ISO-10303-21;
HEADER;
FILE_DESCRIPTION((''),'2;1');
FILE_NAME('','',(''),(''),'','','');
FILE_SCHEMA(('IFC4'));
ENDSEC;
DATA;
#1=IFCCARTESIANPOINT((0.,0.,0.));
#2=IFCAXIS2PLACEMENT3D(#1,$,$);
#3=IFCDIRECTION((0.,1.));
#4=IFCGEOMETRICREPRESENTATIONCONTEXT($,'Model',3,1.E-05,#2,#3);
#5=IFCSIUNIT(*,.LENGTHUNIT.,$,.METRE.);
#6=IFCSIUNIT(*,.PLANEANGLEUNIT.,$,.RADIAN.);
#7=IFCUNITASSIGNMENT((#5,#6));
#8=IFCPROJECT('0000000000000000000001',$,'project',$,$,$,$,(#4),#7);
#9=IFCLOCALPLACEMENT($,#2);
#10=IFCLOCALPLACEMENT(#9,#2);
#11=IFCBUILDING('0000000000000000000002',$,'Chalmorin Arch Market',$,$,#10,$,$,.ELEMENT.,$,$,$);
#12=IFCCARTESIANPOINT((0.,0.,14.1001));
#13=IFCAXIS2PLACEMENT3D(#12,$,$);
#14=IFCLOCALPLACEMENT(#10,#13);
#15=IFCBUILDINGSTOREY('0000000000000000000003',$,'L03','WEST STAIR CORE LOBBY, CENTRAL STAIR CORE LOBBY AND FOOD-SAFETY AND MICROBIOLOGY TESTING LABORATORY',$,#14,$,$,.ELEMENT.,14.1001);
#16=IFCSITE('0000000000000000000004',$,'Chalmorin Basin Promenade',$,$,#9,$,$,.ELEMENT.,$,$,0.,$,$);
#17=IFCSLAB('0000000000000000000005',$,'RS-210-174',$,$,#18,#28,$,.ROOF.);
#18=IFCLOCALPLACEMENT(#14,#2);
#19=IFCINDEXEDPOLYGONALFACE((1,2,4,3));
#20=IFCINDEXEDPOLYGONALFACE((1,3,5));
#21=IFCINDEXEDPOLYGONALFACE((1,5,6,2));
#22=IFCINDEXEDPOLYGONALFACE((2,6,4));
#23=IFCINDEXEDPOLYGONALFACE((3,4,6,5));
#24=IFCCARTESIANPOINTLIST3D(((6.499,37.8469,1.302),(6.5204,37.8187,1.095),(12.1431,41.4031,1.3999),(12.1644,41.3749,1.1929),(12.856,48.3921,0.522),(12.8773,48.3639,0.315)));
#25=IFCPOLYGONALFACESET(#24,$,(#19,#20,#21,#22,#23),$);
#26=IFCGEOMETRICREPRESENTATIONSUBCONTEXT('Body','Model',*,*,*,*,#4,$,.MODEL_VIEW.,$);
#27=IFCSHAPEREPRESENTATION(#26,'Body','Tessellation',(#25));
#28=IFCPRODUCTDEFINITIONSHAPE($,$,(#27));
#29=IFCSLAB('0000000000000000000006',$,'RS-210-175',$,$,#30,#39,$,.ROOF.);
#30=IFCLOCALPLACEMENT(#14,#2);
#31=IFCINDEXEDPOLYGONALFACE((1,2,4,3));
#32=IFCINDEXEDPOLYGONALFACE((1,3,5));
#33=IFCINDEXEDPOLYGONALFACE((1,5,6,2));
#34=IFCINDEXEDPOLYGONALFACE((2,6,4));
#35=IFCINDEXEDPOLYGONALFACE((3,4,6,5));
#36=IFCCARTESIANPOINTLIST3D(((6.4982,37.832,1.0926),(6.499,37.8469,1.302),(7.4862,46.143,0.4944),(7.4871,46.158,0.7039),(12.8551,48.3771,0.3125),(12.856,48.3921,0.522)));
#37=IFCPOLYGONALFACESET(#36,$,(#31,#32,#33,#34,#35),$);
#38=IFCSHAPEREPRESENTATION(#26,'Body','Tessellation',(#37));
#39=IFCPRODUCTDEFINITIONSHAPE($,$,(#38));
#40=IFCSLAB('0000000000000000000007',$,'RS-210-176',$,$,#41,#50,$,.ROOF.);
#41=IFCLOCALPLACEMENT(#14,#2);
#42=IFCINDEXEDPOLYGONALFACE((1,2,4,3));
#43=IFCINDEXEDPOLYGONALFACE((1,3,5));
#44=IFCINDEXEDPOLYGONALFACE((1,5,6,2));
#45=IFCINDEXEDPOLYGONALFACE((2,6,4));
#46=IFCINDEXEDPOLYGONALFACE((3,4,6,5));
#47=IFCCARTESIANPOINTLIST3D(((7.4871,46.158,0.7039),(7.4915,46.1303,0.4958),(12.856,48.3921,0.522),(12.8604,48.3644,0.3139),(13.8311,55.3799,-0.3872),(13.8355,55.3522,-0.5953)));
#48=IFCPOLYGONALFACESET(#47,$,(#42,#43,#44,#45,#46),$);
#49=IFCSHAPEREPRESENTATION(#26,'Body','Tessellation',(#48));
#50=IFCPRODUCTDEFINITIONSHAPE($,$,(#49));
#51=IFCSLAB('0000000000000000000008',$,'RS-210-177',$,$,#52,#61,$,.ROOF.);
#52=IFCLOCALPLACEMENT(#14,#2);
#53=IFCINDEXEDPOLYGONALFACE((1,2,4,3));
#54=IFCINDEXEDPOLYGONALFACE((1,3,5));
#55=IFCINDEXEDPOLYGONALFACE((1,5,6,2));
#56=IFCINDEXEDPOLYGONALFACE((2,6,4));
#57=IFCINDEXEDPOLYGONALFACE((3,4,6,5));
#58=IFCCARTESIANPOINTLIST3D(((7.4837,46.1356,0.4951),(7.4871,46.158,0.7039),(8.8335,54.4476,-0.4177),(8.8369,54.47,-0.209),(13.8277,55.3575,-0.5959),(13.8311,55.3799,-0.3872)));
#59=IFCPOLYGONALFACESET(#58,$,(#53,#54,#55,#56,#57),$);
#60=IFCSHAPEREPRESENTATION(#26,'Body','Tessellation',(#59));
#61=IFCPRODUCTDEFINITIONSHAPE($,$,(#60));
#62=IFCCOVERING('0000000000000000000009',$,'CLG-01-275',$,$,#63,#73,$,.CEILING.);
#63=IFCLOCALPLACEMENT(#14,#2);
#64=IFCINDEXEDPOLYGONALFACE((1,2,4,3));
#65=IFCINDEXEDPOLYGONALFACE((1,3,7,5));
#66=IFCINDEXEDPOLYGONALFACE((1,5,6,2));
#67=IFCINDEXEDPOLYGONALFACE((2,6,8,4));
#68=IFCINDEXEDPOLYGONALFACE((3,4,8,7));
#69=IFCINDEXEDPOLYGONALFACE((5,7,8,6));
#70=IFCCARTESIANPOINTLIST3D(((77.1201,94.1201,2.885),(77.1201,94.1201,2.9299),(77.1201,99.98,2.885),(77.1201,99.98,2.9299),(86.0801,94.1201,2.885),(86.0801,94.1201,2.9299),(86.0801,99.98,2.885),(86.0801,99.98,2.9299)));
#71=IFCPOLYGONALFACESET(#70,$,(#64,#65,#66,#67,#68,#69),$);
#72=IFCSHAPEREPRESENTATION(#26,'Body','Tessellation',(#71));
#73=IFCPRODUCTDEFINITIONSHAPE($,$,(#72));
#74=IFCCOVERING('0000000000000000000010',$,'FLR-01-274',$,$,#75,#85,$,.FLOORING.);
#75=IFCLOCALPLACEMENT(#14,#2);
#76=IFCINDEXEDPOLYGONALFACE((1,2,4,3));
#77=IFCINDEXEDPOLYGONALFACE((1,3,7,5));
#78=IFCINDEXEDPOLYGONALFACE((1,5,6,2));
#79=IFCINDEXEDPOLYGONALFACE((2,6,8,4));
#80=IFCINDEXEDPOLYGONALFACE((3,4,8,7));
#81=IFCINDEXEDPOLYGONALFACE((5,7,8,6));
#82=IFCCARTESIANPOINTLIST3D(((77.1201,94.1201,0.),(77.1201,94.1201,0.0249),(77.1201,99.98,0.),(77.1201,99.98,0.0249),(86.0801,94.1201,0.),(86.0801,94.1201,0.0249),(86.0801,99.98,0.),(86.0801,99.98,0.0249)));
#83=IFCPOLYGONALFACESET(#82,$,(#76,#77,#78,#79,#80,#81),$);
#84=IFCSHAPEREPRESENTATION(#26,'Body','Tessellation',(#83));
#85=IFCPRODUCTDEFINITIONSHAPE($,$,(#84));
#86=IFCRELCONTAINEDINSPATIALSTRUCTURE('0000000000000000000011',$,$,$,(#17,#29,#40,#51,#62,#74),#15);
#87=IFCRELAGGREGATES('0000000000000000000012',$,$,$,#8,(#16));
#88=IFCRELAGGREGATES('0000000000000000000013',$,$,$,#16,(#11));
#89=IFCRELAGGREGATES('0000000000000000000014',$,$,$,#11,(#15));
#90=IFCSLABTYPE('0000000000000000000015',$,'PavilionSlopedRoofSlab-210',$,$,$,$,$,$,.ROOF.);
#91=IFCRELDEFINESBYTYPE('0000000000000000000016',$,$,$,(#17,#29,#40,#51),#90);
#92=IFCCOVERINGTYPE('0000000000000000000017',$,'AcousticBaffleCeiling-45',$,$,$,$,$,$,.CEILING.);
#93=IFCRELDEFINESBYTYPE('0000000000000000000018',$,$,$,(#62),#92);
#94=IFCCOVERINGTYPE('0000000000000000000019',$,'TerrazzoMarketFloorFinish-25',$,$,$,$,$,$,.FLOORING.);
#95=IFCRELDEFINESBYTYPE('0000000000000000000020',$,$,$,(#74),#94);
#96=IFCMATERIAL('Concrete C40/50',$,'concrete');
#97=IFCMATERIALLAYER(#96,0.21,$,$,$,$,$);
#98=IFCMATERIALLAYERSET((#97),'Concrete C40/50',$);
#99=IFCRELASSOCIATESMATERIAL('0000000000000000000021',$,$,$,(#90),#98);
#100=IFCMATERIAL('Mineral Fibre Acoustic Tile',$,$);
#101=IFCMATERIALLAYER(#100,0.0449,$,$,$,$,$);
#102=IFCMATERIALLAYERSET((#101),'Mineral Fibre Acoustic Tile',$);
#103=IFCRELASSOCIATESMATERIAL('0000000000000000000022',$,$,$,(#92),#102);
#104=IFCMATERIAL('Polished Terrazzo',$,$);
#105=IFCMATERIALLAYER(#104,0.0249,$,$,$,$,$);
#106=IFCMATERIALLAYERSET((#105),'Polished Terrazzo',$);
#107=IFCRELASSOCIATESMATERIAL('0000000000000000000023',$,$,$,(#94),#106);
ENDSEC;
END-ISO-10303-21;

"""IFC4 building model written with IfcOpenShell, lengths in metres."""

from ifc_helpers import new_model, si_unit, direction, frame, origin, place, context, subcontext, project, spatial, polyline, outline, extrude, material, layer, layer_set, type_object, element, save


model = new_model("IFC4")

# Units and contexts
model_context = context("Model", 3, precision=1e-05, world=origin(), true_north=direction((0.0, 1.0)))
body_context = subcontext(model_context, "Body", "Model", "MODEL_VIEW")
ifc_project = project(units=[si_unit("LENGTHUNIT", "METRE"), si_unit("PLANEANGLEUNIT", "RADIAN")], contexts=[model_context])

# Site, building, storey
site_placement = place(None, origin())
site = spatial("IfcSite", under=ifc_project, at=site_placement, Name="Chalmorin Basin Promenade", CompositionType="ELEMENT", RefElevation=0.0)
building_placement = place(site_placement, origin())
building = spatial("IfcBuilding", under=site, at=building_placement, Name="Chalmorin Arch Market", CompositionType="ELEMENT")
storey_placement = place(building_placement, frame((0.0, 0.0, 14.1001)))
storey = spatial("IfcBuildingStorey", under=building, at=storey_placement, Name="L03", Description="WEST STAIR CORE LOBBY, CENTRAL STAIR CORE LOBBY AND FOOD-SAFETY AND MICROBIOLOGY TESTING LABORATORY", CompositionType="ELEMENT", Elevation=14.1001)

# Slabs
ifc_material_1 = material(Name="Concrete C40/50", Category="concrete")
ifc_layer_1 = layer(ifc_material_1, 0.21)
ifc_layer_set_1 = layer_set([ifc_layer_1], Name="Concrete C40/50")
slab_type = type_object("IfcSlabType", Name="PavilionSlopedRoofSlab-210", PredefinedType="ROOF", material=ifc_layer_set_1)
slab_1_placement = place(storey_placement, frame((6.499, 37.8469, 1.302), z_axis=(-0.101648, 0.134191, 0.985728), x_axis=(0.845973, 0.533024, 0.014674)))
element("IfcSlab", 1, at=slab_1_placement, inside=storey, type_object=slab_type, Name="RS-210-174", PredefinedType="ROOF", context=body_context, shape_type="SweptSolid", body=[
    extrude(outline(polyline([(0.0, 0.0), (6.6717, 0.0), (10.9872, 5.6126), (0.0, 0.0)])), origin(), (0.0, 0.0, -1.0), 0.21),
])
slab_2_placement = place(storey_placement, frame((6.499, 37.8469, 1.302), z_axis=(0.004123, 0.071296, 0.997447), x_axis=(0.515243, 0.854709, -0.063223)))
element("IfcSlab", 2, at=slab_2_placement, inside=storey, type_object=slab_type, Name="RS-210-175", PredefinedType="ROOF", context=body_context, shape_type="SweptSolid", body=[
    extrude(outline(polyline([(0.0, 0.0), (12.3377, 0.0), (7.6504, 3.4465), (0.0, 0.0)])), origin(), (0.0, 0.0, -1.0), 0.21),
])
slab_3_placement = place(storey_placement, frame((7.4871, 46.158, 0.7039), z_axis=(-0.021321, 0.131918, 0.991031), x_axis=(0.922803, 0.384001, -0.031262)))
element("IfcSlab", 3, at=slab_3_placement, inside=storey, type_object=slab_type, Name="RS-210-176", PredefinedType="ROOF", context=body_context, shape_type="SweptSolid", body=[
    extrude(outline(polyline([(0.0, 0.0), (5.818, 0.0), (9.4296, 6.1289), (0.0, 0.0)])), origin(), (0.0, 0.0, -1.0), 0.21),
])
slab_4_placement = place(storey_placement, frame((7.4871, 46.158, 0.7039), z_axis=(0.016061, 0.106574, 0.994175), x_axis=(0.564093, 0.819992, -0.097015)))
element("IfcSlab", 4, at=slab_4_placement, inside=storey, type_object=slab_type, Name="RS-210-177", PredefinedType="ROOF", context=body_context, shape_type="SweptSolid", body=[
    extrude(outline(polyline([(0.0, 0.0), (11.2464, 0.0), (7.6658, 3.6029), (0.0, 0.0)])), origin(), (0.0, 0.0, -1.0), 0.21),
])

# Coverings
ifc_material_2 = material(Name="Mineral Fibre Acoustic Tile")
ifc_layer_2 = layer(ifc_material_2, 0.0449)
ifc_layer_set_2 = layer_set([ifc_layer_2], Name="Mineral Fibre Acoustic Tile")
covering_type_1 = type_object("IfcCoveringType", Name="AcousticBaffleCeiling-45", PredefinedType="CEILING", material=ifc_layer_set_2)
covering_1_placement = place(storey_placement, frame((0.0, 0.0, 2.885)))
element("IfcCovering", 5, at=covering_1_placement, inside=storey, type_object=covering_type_1, Name="CLG-01-275", PredefinedType="CEILING", context=body_context, shape_type="SweptSolid", body=[
    extrude(outline(polyline([(77.1201, 94.1201), (86.0801, 94.1201), (86.0801, 99.98), (77.1201, 99.98), (77.1201, 94.1201)])), origin(), (0.0, 0.0, 1.0), 0.0449),
])
ifc_material_3 = material(Name="Polished Terrazzo")
ifc_layer_3 = layer(ifc_material_3, 0.0249)
ifc_layer_set_3 = layer_set([ifc_layer_3], Name="Polished Terrazzo")
covering_type_2 = type_object("IfcCoveringType", Name="TerrazzoMarketFloorFinish-25", PredefinedType="FLOORING", material=ifc_layer_set_3)
covering_2_placement = place(storey_placement, origin())
element("IfcCovering", 6, at=covering_2_placement, inside=storey, type_object=covering_type_2, Name="FLR-01-274", PredefinedType="FLOORING", context=body_context, shape_type="SweptSolid", body=[
    extrude(outline(polyline([(77.1201, 94.1201), (86.0801, 94.1201), (86.0801, 99.98), (77.1201, 99.98), (77.1201, 94.1201)])), origin(), (0.0, 0.0, 1.0), 0.0249),
])

save(model, "model.ifc")
